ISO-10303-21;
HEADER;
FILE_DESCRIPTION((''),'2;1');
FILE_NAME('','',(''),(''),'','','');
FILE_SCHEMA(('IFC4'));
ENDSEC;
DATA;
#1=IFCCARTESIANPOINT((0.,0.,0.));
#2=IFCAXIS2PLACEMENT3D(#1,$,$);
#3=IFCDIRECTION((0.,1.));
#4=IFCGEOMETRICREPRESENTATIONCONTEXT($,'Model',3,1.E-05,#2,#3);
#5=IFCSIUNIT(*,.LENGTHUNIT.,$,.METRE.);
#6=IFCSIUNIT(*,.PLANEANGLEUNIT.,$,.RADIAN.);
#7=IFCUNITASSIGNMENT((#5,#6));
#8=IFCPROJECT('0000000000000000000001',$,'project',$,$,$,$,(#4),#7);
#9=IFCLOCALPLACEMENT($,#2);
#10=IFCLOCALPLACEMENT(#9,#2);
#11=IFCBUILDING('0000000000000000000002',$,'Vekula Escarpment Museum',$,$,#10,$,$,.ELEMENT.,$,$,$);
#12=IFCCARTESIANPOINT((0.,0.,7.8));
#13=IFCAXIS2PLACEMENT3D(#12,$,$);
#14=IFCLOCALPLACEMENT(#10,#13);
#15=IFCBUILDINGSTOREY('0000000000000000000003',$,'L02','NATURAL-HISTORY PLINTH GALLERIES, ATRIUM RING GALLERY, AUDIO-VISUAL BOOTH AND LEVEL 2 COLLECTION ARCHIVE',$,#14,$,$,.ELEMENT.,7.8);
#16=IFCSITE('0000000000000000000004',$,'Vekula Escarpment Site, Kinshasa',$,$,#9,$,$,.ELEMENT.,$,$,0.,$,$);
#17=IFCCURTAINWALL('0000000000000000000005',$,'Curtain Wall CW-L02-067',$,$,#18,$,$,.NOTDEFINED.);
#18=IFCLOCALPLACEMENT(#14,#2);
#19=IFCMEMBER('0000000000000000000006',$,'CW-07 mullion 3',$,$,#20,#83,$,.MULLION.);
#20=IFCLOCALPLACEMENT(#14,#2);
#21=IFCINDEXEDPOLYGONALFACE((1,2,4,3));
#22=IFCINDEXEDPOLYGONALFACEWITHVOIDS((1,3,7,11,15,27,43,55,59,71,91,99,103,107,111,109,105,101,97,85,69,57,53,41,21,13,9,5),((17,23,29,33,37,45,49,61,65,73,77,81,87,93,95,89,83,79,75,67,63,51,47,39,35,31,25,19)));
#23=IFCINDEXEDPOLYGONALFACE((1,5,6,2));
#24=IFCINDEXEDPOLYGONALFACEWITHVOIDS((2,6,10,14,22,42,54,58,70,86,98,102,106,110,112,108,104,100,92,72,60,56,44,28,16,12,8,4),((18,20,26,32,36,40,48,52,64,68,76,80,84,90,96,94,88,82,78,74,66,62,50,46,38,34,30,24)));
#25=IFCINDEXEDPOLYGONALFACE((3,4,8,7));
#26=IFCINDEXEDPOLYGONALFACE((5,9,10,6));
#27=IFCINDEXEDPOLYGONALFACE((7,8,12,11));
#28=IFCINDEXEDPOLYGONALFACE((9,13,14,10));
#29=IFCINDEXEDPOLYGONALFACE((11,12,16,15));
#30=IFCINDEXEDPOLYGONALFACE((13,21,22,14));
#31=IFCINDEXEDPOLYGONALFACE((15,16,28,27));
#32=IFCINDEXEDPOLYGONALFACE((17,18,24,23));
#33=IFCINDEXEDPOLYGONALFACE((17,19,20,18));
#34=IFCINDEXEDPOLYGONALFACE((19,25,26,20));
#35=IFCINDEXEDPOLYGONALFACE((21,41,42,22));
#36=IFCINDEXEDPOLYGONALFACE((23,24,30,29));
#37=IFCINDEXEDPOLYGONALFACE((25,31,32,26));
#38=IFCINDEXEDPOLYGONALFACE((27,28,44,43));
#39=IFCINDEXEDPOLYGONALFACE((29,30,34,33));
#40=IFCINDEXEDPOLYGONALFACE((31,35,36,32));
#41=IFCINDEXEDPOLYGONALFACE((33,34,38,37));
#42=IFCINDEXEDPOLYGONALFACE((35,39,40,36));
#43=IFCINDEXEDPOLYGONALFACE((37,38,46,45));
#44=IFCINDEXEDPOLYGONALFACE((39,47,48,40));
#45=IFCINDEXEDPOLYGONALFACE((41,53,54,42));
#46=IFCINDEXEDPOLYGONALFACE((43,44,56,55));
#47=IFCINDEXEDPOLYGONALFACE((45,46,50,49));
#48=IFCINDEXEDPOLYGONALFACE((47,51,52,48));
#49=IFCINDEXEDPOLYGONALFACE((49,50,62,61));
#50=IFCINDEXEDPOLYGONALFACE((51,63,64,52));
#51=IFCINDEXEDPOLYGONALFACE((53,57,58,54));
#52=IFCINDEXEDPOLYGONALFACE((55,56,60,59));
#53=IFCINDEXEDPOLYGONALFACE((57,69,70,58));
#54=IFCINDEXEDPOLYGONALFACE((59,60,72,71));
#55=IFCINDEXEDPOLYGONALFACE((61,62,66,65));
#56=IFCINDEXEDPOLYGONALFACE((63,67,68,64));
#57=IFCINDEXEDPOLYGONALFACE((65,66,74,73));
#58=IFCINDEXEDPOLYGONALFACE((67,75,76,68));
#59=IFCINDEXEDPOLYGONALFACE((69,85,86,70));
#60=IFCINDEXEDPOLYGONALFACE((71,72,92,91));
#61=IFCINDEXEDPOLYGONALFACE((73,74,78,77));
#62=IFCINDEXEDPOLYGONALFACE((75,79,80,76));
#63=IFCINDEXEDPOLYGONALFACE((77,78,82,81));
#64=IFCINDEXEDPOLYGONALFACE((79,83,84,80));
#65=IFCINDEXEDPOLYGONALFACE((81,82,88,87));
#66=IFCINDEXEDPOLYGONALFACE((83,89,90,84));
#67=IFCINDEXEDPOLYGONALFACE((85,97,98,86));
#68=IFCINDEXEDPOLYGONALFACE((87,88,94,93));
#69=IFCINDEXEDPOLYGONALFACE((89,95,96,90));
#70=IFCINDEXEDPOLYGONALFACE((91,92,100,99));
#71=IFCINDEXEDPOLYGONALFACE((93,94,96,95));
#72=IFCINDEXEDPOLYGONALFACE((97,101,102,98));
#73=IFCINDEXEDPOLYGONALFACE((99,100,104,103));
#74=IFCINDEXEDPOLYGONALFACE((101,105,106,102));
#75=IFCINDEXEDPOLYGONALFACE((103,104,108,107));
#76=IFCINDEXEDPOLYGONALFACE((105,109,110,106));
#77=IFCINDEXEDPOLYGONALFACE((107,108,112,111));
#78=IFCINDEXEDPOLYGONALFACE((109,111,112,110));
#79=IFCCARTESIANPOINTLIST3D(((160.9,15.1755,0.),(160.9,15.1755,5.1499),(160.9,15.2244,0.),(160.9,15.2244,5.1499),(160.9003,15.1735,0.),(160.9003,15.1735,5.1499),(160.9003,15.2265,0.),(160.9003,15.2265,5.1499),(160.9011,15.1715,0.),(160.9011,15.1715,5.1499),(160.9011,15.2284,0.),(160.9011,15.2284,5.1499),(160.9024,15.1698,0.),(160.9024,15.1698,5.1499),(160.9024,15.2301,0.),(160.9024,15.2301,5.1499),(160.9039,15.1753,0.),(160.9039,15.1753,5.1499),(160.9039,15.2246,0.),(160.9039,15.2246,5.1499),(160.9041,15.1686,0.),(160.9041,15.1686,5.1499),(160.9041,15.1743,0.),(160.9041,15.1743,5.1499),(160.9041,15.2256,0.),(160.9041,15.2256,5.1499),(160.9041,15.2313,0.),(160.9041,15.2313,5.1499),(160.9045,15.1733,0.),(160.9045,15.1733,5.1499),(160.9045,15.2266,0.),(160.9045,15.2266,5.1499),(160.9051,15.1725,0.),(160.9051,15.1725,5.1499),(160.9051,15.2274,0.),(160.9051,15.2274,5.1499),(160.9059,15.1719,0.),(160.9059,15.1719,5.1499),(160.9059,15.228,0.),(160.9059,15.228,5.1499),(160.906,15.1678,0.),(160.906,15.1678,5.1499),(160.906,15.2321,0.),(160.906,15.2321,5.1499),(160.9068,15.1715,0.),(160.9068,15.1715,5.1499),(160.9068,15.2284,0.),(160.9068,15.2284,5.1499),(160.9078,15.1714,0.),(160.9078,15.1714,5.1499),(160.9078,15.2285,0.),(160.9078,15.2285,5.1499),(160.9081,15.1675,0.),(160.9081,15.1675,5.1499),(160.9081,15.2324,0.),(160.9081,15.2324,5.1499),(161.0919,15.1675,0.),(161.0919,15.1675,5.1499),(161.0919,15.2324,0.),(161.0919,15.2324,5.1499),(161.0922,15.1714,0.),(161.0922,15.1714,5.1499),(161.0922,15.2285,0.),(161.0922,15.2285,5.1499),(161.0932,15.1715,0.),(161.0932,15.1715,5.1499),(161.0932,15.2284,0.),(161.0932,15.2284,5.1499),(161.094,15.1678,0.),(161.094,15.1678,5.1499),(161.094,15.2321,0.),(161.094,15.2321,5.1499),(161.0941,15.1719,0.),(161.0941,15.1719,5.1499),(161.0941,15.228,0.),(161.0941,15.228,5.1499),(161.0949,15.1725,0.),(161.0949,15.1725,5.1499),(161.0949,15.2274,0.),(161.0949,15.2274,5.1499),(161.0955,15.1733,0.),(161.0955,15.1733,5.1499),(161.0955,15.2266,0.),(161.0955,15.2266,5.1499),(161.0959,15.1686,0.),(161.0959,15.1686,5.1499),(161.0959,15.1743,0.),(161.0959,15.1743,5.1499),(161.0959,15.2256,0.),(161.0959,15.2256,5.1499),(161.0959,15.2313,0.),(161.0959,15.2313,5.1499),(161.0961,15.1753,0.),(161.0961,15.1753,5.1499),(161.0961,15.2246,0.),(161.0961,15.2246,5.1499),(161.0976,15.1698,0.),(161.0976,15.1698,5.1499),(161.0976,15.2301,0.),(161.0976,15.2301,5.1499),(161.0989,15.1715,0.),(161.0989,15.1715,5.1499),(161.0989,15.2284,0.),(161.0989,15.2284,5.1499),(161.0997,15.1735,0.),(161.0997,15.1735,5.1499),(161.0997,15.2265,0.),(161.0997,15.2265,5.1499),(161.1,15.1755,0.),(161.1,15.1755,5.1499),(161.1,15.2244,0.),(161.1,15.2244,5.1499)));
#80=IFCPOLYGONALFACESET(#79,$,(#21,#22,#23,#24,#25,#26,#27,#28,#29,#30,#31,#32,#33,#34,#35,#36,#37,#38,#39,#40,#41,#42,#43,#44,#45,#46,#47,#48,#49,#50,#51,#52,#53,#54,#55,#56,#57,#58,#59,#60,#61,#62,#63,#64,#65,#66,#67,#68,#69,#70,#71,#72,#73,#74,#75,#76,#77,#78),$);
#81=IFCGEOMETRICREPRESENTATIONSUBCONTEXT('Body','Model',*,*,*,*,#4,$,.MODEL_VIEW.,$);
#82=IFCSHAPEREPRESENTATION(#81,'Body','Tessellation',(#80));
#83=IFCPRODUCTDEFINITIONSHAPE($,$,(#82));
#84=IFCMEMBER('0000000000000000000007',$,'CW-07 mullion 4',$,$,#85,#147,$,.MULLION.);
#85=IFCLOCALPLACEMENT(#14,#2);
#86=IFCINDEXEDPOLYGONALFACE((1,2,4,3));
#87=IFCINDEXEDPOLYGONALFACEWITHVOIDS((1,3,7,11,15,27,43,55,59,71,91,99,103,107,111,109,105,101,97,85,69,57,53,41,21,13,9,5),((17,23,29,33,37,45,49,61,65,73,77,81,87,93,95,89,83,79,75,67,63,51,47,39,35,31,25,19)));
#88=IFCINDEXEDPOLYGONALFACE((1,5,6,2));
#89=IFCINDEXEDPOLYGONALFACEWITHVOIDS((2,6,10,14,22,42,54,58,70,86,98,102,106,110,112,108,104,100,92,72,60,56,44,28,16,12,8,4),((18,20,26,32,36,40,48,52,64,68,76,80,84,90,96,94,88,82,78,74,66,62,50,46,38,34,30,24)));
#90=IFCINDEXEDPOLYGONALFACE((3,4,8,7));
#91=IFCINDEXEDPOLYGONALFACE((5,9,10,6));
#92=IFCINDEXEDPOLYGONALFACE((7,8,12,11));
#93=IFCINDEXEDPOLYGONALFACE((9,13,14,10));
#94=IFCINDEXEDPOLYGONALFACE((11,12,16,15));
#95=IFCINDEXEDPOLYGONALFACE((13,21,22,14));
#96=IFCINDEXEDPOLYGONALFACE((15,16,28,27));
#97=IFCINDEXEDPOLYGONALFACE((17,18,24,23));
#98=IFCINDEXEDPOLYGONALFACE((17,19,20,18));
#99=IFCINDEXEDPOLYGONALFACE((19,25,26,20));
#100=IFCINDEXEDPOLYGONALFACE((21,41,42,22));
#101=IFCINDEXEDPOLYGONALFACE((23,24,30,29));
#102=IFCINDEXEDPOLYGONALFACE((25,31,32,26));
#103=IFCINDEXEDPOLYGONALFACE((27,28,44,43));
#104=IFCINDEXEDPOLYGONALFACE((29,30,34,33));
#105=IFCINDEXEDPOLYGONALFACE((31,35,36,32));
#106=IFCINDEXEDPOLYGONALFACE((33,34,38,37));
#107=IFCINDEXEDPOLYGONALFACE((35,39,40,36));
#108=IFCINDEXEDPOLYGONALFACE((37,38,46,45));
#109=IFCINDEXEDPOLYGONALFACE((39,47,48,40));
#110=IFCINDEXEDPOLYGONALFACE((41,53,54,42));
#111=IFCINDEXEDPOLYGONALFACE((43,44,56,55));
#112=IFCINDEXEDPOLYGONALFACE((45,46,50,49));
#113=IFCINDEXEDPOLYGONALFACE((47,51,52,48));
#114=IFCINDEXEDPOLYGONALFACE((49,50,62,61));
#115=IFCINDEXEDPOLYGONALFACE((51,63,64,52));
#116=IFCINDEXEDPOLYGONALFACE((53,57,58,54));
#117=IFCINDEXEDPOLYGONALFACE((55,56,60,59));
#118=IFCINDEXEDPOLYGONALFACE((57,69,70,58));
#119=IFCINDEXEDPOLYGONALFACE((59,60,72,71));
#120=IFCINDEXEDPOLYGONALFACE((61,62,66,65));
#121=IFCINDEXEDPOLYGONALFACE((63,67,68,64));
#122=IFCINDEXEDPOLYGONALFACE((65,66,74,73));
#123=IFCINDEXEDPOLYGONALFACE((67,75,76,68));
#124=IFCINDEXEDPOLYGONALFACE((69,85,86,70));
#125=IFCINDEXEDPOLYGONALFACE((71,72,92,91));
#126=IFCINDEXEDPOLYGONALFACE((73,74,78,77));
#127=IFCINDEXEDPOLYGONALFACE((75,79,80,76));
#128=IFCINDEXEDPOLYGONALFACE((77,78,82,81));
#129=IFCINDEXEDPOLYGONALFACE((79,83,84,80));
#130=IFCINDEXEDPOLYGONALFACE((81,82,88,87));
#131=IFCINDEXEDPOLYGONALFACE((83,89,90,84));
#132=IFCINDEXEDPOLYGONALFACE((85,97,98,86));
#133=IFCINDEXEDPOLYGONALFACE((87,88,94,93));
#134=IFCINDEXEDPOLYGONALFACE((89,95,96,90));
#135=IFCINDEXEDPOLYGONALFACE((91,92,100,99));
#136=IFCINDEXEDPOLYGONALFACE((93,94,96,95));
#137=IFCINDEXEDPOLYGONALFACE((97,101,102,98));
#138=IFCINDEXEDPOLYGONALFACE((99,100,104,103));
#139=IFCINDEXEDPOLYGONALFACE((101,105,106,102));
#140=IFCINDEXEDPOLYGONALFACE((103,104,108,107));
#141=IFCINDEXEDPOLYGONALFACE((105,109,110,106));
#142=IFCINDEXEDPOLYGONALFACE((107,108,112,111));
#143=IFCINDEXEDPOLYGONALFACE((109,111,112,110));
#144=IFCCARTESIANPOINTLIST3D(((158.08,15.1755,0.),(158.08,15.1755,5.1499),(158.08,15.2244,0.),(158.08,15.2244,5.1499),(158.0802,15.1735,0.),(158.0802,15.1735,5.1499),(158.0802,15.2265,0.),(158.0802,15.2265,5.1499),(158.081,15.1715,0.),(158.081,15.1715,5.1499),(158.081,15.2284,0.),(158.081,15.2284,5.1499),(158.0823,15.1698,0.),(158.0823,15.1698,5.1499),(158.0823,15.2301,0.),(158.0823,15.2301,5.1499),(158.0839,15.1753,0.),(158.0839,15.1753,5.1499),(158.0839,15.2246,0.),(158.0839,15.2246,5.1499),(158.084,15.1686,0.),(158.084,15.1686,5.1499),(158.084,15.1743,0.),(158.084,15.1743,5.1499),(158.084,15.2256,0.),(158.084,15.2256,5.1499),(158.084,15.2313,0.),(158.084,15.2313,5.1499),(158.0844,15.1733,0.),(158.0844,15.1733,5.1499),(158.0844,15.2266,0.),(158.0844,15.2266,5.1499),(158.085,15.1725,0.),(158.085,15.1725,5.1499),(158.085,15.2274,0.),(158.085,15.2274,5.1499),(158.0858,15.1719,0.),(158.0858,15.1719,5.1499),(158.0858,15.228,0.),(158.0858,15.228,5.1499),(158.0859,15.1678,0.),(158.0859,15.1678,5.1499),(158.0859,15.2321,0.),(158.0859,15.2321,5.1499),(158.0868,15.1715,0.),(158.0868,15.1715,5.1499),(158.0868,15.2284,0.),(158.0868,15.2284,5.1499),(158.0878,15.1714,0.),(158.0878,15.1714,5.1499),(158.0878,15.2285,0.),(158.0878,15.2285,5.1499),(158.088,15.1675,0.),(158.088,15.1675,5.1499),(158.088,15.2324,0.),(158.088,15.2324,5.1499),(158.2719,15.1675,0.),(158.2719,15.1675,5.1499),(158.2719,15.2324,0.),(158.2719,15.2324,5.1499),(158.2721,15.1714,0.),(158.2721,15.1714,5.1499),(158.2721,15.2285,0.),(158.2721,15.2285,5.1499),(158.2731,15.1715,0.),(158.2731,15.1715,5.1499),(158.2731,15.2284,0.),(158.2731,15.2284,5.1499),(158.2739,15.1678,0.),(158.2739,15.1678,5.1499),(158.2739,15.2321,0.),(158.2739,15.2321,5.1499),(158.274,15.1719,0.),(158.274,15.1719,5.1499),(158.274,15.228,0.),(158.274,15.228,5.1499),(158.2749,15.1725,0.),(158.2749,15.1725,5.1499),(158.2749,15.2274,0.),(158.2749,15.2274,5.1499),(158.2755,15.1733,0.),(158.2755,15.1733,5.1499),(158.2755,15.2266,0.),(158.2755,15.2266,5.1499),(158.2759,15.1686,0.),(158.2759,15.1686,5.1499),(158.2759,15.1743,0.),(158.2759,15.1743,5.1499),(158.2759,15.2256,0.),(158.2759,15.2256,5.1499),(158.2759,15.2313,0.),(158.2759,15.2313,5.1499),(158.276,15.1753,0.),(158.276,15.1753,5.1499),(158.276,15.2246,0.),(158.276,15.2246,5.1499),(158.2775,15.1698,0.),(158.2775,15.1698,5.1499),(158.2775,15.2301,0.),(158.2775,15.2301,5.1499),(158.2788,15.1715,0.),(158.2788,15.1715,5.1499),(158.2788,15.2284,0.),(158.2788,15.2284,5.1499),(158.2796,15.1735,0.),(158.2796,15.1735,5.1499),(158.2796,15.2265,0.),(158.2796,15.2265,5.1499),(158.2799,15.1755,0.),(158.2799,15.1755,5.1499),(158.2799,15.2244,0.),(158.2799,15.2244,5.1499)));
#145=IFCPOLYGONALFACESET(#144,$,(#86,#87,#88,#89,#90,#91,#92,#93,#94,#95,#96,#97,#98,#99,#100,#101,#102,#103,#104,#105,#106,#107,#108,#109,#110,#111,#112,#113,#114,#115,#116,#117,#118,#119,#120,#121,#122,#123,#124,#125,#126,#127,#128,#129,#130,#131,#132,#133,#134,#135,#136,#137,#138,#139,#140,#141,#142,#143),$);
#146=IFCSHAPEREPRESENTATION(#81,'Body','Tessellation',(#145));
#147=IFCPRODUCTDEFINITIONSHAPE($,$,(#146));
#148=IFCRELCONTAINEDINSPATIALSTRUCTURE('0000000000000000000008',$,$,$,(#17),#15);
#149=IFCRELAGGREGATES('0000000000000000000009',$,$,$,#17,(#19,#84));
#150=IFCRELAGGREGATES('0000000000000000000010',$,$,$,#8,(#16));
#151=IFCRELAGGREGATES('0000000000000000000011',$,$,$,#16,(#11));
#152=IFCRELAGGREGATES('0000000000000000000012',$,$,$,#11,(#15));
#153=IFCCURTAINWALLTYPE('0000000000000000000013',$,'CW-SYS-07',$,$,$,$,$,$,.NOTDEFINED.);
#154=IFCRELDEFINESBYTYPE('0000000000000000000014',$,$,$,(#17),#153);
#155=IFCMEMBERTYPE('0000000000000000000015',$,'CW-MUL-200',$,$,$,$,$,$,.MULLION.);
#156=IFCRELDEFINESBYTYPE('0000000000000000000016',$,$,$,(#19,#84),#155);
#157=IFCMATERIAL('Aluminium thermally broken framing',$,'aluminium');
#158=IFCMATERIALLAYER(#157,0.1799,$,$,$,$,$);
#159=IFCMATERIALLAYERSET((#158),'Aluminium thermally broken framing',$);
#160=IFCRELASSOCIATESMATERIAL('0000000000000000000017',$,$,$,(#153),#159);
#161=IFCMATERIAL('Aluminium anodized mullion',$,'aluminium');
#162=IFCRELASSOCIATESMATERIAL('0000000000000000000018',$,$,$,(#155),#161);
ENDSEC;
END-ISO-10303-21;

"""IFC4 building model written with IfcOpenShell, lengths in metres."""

from ifc_helpers import new_model, si_unit, direction, frame, origin, origin_2d, place, context, subcontext, project, spatial, hollow_rectangle, extrude, material, layer, layer_set, material_profile, profile_set, type_object, element, aggregate, save


model = new_model("IFC4")

# Units and contexts
model_context = context("Model", 3, precision=1e-05, world=origin(), true_north=direction((0.0, 1.0)))
body_context = subcontext(model_context, "Body", "Model", "MODEL_VIEW")
ifc_project = project(units=[si_unit("LENGTHUNIT", "METRE"), si_unit("PLANEANGLEUNIT", "RADIAN")], contexts=[model_context])

# Site, building, storey
site_placement = place(None, origin())
site = spatial("IfcSite", under=ifc_project, at=site_placement, Name="Vekula Escarpment Site, Kinshasa", CompositionType="ELEMENT", RefElevation=0.0)
building_placement = place(site_placement, origin())
building = spatial("IfcBuilding", under=site, at=building_placement, Name="Vekula Escarpment Museum", CompositionType="ELEMENT")
storey_placement = place(building_placement, frame((0.0, 0.0, 7.8)))
storey = spatial("IfcBuildingStorey", under=building, at=storey_placement, Name="L02", Description="NATURAL-HISTORY PLINTH GALLERIES, ATRIUM RING GALLERY, AUDIO-VISUAL BOOTH AND LEVEL 2 COLLECTION ARCHIVE", CompositionType="ELEMENT", Elevation=7.8)

# Curtain wall, members
ifc_material_1 = material(Name="Aluminium thermally broken framing", Category="aluminium")
ifc_layer_1 = layer(ifc_material_1, 0.1799)
ifc_layer_set_1 = layer_set([ifc_layer_1], Name="Aluminium thermally broken framing")
curtain_wall_type = type_object("IfcCurtainWallType", Name="CW-SYS-07", PredefinedType="NOTDEFINED", material=ifc_layer_set_1)
curtain_wall_placement = place(storey_placement, origin())
curtain_wall = element("IfcCurtainWall", 1, at=curtain_wall_placement, inside=storey, type_object=curtain_wall_type, Name="Curtain Wall CW-L02-067", PredefinedType="NOTDEFINED")
ifc_material_2 = material(Name="Aluminium anodized mullion", Category="aluminium")
ifc_material_profile_1 = material_profile(ifc_material_2, hollow_rectangle(XDim=0.0649, YDim=0.2, WallThickness=0.0039, InnerFilletRadius=0.0039, OuterFilletRadius=0.0081, at=origin_2d()), Name="ALU 200x65x4")
ifc_profile_set_1 = profile_set([ifc_material_profile_1], Name="Aluminium anodized mullion")
member_type_1 = type_object("IfcMemberType", Name="CW-MUL-200", PredefinedType="MULLION", material=ifc_profile_set_1)
member_1_placement = place(storey_placement, frame((161.0, 15.2, 0.0), z_axis=(0.0, 0.0, 1.0), x_axis=(0.0, -1.0, 0.0)))
member_1 = element("IfcMember", 2, at=member_1_placement, type_object=member_type_1, Name="CW-07 mullion 3", PredefinedType="MULLION", context=body_context, shape_type="SweptSolid", body=[
    extrude(hollow_rectangle(XDim=0.0649, YDim=0.2, WallThickness=0.0039, InnerFilletRadius=0.0039, OuterFilletRadius=0.0081, at=origin_2d()), origin(), (0.0, 0.0, 1.0), 5.1499),
])
member_2_placement = place(storey_placement, frame((158.1799, 15.2, 0.0), z_axis=(0.0, 0.0, 1.0), x_axis=(0.0, -1.0, 0.0)))
member_2 = element("IfcMember", 3, at=member_2_placement, type_object=member_type_1, Name="CW-07 mullion 4", PredefinedType="MULLION", context=body_context, shape_type="SweptSolid", body=[
    extrude(hollow_rectangle(XDim=0.0649, YDim=0.2, WallThickness=0.0039, InnerFilletRadius=0.0039, OuterFilletRadius=0.0081, at=origin_2d()), origin(), (0.0, 0.0, 1.0), 5.1499),
])
aggregate(curtain_wall, [member_1, member_2])

save(model, "model.ifc")
